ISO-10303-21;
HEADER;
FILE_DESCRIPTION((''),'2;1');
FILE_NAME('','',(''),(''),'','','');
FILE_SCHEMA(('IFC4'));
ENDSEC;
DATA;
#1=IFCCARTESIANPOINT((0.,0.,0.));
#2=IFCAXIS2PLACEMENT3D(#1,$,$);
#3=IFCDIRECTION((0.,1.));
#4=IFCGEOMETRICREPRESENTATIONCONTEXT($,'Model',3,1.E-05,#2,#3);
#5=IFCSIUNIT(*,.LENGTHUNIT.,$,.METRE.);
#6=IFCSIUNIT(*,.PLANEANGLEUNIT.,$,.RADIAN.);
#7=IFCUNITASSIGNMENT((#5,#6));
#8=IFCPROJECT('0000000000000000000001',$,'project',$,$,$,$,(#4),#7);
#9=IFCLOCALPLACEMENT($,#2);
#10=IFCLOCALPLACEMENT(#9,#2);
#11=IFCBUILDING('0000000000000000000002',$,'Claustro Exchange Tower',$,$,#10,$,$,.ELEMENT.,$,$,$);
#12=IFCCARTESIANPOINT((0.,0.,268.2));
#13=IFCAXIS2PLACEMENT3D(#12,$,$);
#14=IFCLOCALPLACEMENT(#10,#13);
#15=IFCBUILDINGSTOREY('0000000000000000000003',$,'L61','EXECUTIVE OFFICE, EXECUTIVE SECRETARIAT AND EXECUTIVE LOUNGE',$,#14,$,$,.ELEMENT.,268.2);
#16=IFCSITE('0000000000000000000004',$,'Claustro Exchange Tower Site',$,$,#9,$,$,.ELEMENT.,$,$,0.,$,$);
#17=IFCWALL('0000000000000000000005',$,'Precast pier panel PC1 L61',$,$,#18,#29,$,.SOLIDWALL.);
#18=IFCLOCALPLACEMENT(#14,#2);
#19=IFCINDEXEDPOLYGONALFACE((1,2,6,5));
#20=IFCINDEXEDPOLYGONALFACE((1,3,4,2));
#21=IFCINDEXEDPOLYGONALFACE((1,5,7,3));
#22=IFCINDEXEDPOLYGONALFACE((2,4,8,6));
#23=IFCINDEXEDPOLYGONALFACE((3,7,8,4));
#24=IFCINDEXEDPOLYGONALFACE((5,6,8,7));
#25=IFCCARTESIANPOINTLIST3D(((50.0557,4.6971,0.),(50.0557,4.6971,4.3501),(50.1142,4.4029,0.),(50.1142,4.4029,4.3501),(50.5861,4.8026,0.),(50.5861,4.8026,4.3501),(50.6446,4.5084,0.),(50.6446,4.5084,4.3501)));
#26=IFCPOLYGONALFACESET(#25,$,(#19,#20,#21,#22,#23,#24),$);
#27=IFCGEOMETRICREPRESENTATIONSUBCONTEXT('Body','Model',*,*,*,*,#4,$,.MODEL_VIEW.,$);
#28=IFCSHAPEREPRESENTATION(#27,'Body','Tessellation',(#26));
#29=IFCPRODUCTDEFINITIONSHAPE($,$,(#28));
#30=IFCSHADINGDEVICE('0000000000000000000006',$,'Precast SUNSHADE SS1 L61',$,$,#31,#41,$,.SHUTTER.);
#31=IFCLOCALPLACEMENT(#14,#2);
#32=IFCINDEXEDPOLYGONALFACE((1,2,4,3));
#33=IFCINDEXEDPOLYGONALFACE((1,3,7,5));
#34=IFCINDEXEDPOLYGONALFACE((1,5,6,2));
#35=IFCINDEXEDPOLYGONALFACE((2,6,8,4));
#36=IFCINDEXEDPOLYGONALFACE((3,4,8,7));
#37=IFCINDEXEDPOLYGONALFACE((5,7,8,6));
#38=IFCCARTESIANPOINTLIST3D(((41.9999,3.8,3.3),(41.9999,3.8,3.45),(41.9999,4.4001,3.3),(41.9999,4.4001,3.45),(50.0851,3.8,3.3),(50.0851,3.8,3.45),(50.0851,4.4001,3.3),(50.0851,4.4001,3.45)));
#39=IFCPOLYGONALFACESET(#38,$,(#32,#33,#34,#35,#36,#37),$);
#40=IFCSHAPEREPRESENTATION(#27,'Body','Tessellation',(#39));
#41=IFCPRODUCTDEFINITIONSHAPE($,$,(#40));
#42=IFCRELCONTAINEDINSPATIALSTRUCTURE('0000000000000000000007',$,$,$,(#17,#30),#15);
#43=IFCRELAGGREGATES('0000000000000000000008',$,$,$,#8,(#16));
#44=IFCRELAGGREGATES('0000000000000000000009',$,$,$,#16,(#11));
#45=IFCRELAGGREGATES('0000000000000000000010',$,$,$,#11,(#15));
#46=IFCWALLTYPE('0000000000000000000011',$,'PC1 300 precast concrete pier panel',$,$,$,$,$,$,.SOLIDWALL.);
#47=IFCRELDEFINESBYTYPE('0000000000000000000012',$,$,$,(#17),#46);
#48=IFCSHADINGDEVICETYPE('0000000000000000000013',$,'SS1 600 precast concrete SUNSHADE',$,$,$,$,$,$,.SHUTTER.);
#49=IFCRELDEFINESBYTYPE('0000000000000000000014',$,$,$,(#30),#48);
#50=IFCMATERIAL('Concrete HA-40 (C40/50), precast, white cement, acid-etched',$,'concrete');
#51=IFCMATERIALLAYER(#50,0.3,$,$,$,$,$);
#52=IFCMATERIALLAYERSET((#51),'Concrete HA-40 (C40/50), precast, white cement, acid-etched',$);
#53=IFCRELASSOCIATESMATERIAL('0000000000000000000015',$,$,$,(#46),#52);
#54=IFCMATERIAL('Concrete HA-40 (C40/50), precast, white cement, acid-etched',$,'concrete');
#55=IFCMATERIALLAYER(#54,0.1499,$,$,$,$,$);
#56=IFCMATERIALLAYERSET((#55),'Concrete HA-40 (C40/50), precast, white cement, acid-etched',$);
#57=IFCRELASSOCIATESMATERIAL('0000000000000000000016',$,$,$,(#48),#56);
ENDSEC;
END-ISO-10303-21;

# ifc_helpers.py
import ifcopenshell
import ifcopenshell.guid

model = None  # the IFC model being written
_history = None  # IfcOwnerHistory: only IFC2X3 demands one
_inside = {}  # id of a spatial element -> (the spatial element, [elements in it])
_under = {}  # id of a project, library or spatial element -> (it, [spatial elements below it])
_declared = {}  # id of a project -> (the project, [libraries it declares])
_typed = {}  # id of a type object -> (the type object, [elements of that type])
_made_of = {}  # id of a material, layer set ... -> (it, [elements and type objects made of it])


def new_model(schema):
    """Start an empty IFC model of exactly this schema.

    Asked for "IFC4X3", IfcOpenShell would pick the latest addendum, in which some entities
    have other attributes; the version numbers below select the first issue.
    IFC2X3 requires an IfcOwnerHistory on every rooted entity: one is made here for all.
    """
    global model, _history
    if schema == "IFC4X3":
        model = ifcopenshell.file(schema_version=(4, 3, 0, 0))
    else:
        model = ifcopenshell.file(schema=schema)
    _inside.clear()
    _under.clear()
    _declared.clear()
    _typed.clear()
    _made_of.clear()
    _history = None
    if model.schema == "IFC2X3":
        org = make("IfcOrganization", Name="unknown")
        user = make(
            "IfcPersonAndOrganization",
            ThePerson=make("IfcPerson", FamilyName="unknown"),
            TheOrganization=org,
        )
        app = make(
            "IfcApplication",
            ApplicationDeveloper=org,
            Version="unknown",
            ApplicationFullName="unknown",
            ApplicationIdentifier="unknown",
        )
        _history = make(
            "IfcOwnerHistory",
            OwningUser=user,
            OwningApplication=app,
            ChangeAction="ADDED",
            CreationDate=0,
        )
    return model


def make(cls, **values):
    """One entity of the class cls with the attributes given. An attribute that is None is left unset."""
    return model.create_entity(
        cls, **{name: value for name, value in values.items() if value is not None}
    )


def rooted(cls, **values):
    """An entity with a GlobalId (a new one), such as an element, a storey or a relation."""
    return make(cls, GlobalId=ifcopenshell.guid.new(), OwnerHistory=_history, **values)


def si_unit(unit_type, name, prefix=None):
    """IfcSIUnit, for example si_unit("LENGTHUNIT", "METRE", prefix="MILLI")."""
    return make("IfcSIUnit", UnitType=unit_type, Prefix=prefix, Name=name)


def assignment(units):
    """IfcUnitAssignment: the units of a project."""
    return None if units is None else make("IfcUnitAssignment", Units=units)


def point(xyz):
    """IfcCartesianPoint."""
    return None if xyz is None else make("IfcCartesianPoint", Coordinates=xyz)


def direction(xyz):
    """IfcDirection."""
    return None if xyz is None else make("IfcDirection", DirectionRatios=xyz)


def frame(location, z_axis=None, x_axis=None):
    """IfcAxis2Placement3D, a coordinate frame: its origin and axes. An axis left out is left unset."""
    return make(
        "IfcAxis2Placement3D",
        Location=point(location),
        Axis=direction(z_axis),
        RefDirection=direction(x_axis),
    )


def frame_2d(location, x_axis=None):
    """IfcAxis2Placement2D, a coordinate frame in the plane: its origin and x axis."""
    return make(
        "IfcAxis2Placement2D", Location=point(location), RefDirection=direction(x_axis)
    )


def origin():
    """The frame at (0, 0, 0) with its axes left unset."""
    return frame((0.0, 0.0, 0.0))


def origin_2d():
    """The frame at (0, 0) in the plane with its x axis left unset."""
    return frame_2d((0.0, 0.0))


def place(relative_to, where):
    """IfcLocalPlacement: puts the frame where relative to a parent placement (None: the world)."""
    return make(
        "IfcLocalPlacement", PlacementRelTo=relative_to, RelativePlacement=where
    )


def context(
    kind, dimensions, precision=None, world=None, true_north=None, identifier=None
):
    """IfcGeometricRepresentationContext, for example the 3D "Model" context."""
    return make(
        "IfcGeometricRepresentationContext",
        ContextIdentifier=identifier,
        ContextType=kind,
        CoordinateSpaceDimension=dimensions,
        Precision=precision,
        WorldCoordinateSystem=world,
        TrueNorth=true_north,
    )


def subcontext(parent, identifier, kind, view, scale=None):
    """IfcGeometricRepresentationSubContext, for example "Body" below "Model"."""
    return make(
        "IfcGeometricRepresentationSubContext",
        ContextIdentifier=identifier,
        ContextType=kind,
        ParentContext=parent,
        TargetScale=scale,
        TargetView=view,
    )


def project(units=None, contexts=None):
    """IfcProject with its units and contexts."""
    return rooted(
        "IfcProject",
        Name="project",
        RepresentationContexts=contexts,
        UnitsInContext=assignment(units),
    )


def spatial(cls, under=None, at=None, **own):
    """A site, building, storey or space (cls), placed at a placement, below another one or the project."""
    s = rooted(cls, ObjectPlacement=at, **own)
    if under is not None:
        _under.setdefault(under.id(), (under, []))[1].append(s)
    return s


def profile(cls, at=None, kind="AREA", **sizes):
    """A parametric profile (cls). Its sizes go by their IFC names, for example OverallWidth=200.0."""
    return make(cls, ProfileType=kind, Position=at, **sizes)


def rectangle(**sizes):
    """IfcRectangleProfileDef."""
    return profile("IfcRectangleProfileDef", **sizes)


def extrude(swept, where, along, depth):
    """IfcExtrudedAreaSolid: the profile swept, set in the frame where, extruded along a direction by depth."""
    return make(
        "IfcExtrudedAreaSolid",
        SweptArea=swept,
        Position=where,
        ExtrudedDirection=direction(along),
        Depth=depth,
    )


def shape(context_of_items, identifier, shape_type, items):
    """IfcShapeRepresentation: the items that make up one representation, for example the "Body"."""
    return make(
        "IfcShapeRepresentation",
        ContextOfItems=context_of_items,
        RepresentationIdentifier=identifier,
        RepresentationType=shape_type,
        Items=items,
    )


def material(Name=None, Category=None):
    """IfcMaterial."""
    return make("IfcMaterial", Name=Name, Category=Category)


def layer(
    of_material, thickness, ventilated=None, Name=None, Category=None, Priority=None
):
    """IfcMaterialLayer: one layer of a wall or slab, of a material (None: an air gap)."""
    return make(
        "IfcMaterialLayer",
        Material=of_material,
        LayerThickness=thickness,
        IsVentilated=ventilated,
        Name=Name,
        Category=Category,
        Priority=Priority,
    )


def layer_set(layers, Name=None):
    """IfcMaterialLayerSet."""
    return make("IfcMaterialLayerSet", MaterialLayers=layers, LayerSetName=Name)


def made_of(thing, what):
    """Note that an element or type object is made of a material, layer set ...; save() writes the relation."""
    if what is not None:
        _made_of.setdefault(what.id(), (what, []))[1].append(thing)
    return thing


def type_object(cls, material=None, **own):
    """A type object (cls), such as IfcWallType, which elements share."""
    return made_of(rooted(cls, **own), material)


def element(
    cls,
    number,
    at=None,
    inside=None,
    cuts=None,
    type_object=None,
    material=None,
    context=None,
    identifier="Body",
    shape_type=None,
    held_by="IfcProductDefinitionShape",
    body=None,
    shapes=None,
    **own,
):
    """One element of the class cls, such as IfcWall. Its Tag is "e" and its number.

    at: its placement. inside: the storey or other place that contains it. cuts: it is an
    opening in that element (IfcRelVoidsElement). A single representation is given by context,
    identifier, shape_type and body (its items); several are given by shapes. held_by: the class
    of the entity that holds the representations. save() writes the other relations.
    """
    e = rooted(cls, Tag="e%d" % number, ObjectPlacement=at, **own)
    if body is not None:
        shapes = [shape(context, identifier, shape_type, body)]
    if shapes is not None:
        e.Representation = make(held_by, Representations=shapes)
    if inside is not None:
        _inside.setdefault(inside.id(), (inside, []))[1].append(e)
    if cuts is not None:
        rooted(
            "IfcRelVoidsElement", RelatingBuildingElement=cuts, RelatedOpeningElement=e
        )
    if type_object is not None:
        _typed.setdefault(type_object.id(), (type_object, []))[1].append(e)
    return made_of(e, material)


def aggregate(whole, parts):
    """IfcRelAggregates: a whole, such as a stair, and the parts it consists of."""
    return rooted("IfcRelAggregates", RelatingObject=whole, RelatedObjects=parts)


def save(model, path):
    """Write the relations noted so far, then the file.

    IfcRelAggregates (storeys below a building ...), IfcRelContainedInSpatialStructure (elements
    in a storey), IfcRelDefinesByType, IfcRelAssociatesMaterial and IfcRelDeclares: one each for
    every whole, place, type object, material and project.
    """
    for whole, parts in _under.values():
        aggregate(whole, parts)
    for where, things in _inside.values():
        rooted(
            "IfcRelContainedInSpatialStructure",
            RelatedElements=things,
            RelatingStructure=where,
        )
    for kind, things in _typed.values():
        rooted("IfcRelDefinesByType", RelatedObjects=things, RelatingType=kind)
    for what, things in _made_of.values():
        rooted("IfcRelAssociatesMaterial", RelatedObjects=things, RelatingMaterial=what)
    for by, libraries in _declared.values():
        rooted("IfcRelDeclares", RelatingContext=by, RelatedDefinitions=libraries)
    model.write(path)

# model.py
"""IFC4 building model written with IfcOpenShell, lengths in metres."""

from ifc_helpers import new_model, si_unit, direction, frame, frame_2d, origin, origin_2d, place, context, subcontext, project, spatial, rectangle, extrude, material, layer, layer_set, type_object, element, save


model = new_model("IFC4")

# Units and contexts
model_context = context("Model", 3, precision=1e-05, world=origin(), true_north=direction((0.0, 1.0)))
body_context = subcontext(model_context, "Body", "Model", "MODEL_VIEW")
ifc_project = project(units=[si_unit("LENGTHUNIT", "METRE"), si_unit("PLANEANGLEUNIT", "RADIAN")], contexts=[model_context])

# Site, building, storey
site_placement = place(None, origin())
site = spatial("IfcSite", under=ifc_project, at=site_placement, Name="Claustro Exchange Tower Site", CompositionType="ELEMENT", RefElevation=0.0)
building_placement = place(site_placement, origin())
building = spatial("IfcBuilding", under=site, at=building_placement, Name="Claustro Exchange Tower", CompositionType="ELEMENT")
storey_placement = place(building_placement, frame((0.0, 0.0, 268.2)))
storey = spatial("IfcBuildingStorey", under=building, at=storey_placement, Name="L61", Description="EXECUTIVE OFFICE, EXECUTIVE SECRETARIAT AND EXECUTIVE LOUNGE", CompositionType="ELEMENT", Elevation=268.2)

# Shared definitions
ifc_material_1 = material(Name="Concrete HA-40 (C40/50), precast, white cement, acid-etched", Category="concrete")
ifc_layer_1 = layer(ifc_material_1, 0.3)
ifc_layer_set_1 = layer_set([ifc_layer_1], Name="Concrete HA-40 (C40/50), precast, white cement, acid-etched")
wall_type_1 = type_object("IfcWallType", Name="PC1 300 precast concrete pier panel", PredefinedType="SOLIDWALL", material=ifc_layer_set_1)

# Wall
wall_1_placement = place(storey_placement, frame((50.6155, 4.6555, 0.0), z_axis=(0.0, 0.0, 1.0), x_axis=(-0.980789, -0.195074, 0.0)))
element("IfcWall", 1, at=wall_1_placement, inside=storey, type_object=wall_type_1, Name="Precast pier panel PC1 L61", PredefinedType="SOLIDWALL", context=body_context, shape_type="SweptSolid", body=[
    extrude(rectangle(XDim=0.5408, YDim=0.3, at=frame_2d((0.2705, 0.0))), origin(), (0.0, 0.0, 1.0), 4.3501),
])

# Shading device
ifc_material_2 = material(Name="Concrete HA-40 (C40/50), precast, white cement, acid-etched", Category="concrete")
ifc_layer_2 = layer(ifc_material_2, 0.1499)
ifc_layer_set_2 = layer_set([ifc_layer_2], Name="Concrete HA-40 (C40/50), precast, white cement, acid-etched")
shading_device_type = type_object("IfcShadingDeviceType", Name="SS1 600 precast concrete SUNSHADE", PredefinedType="SHUTTER", material=ifc_layer_set_2)
shading_device_placement = place(storey_placement, frame((46.0425, 4.1001, 3.3), z_axis=(0.0, 0.0, 1.0), x_axis=(-1.0, 0.0, 0.0)))
element("IfcShadingDevice", 2, at=shading_device_placement, inside=storey, type_object=shading_device_type, Name="Precast SUNSHADE SS1 L61", PredefinedType="SHUTTER", context=body_context, shape_type="SweptSolid", body=[
    extrude(rectangle(XDim=8.0852, YDim=0.6001, at=origin_2d()), origin(), (0.0, 0.0, 1.0), 0.1499),
])

save(model, "model.ifc")
